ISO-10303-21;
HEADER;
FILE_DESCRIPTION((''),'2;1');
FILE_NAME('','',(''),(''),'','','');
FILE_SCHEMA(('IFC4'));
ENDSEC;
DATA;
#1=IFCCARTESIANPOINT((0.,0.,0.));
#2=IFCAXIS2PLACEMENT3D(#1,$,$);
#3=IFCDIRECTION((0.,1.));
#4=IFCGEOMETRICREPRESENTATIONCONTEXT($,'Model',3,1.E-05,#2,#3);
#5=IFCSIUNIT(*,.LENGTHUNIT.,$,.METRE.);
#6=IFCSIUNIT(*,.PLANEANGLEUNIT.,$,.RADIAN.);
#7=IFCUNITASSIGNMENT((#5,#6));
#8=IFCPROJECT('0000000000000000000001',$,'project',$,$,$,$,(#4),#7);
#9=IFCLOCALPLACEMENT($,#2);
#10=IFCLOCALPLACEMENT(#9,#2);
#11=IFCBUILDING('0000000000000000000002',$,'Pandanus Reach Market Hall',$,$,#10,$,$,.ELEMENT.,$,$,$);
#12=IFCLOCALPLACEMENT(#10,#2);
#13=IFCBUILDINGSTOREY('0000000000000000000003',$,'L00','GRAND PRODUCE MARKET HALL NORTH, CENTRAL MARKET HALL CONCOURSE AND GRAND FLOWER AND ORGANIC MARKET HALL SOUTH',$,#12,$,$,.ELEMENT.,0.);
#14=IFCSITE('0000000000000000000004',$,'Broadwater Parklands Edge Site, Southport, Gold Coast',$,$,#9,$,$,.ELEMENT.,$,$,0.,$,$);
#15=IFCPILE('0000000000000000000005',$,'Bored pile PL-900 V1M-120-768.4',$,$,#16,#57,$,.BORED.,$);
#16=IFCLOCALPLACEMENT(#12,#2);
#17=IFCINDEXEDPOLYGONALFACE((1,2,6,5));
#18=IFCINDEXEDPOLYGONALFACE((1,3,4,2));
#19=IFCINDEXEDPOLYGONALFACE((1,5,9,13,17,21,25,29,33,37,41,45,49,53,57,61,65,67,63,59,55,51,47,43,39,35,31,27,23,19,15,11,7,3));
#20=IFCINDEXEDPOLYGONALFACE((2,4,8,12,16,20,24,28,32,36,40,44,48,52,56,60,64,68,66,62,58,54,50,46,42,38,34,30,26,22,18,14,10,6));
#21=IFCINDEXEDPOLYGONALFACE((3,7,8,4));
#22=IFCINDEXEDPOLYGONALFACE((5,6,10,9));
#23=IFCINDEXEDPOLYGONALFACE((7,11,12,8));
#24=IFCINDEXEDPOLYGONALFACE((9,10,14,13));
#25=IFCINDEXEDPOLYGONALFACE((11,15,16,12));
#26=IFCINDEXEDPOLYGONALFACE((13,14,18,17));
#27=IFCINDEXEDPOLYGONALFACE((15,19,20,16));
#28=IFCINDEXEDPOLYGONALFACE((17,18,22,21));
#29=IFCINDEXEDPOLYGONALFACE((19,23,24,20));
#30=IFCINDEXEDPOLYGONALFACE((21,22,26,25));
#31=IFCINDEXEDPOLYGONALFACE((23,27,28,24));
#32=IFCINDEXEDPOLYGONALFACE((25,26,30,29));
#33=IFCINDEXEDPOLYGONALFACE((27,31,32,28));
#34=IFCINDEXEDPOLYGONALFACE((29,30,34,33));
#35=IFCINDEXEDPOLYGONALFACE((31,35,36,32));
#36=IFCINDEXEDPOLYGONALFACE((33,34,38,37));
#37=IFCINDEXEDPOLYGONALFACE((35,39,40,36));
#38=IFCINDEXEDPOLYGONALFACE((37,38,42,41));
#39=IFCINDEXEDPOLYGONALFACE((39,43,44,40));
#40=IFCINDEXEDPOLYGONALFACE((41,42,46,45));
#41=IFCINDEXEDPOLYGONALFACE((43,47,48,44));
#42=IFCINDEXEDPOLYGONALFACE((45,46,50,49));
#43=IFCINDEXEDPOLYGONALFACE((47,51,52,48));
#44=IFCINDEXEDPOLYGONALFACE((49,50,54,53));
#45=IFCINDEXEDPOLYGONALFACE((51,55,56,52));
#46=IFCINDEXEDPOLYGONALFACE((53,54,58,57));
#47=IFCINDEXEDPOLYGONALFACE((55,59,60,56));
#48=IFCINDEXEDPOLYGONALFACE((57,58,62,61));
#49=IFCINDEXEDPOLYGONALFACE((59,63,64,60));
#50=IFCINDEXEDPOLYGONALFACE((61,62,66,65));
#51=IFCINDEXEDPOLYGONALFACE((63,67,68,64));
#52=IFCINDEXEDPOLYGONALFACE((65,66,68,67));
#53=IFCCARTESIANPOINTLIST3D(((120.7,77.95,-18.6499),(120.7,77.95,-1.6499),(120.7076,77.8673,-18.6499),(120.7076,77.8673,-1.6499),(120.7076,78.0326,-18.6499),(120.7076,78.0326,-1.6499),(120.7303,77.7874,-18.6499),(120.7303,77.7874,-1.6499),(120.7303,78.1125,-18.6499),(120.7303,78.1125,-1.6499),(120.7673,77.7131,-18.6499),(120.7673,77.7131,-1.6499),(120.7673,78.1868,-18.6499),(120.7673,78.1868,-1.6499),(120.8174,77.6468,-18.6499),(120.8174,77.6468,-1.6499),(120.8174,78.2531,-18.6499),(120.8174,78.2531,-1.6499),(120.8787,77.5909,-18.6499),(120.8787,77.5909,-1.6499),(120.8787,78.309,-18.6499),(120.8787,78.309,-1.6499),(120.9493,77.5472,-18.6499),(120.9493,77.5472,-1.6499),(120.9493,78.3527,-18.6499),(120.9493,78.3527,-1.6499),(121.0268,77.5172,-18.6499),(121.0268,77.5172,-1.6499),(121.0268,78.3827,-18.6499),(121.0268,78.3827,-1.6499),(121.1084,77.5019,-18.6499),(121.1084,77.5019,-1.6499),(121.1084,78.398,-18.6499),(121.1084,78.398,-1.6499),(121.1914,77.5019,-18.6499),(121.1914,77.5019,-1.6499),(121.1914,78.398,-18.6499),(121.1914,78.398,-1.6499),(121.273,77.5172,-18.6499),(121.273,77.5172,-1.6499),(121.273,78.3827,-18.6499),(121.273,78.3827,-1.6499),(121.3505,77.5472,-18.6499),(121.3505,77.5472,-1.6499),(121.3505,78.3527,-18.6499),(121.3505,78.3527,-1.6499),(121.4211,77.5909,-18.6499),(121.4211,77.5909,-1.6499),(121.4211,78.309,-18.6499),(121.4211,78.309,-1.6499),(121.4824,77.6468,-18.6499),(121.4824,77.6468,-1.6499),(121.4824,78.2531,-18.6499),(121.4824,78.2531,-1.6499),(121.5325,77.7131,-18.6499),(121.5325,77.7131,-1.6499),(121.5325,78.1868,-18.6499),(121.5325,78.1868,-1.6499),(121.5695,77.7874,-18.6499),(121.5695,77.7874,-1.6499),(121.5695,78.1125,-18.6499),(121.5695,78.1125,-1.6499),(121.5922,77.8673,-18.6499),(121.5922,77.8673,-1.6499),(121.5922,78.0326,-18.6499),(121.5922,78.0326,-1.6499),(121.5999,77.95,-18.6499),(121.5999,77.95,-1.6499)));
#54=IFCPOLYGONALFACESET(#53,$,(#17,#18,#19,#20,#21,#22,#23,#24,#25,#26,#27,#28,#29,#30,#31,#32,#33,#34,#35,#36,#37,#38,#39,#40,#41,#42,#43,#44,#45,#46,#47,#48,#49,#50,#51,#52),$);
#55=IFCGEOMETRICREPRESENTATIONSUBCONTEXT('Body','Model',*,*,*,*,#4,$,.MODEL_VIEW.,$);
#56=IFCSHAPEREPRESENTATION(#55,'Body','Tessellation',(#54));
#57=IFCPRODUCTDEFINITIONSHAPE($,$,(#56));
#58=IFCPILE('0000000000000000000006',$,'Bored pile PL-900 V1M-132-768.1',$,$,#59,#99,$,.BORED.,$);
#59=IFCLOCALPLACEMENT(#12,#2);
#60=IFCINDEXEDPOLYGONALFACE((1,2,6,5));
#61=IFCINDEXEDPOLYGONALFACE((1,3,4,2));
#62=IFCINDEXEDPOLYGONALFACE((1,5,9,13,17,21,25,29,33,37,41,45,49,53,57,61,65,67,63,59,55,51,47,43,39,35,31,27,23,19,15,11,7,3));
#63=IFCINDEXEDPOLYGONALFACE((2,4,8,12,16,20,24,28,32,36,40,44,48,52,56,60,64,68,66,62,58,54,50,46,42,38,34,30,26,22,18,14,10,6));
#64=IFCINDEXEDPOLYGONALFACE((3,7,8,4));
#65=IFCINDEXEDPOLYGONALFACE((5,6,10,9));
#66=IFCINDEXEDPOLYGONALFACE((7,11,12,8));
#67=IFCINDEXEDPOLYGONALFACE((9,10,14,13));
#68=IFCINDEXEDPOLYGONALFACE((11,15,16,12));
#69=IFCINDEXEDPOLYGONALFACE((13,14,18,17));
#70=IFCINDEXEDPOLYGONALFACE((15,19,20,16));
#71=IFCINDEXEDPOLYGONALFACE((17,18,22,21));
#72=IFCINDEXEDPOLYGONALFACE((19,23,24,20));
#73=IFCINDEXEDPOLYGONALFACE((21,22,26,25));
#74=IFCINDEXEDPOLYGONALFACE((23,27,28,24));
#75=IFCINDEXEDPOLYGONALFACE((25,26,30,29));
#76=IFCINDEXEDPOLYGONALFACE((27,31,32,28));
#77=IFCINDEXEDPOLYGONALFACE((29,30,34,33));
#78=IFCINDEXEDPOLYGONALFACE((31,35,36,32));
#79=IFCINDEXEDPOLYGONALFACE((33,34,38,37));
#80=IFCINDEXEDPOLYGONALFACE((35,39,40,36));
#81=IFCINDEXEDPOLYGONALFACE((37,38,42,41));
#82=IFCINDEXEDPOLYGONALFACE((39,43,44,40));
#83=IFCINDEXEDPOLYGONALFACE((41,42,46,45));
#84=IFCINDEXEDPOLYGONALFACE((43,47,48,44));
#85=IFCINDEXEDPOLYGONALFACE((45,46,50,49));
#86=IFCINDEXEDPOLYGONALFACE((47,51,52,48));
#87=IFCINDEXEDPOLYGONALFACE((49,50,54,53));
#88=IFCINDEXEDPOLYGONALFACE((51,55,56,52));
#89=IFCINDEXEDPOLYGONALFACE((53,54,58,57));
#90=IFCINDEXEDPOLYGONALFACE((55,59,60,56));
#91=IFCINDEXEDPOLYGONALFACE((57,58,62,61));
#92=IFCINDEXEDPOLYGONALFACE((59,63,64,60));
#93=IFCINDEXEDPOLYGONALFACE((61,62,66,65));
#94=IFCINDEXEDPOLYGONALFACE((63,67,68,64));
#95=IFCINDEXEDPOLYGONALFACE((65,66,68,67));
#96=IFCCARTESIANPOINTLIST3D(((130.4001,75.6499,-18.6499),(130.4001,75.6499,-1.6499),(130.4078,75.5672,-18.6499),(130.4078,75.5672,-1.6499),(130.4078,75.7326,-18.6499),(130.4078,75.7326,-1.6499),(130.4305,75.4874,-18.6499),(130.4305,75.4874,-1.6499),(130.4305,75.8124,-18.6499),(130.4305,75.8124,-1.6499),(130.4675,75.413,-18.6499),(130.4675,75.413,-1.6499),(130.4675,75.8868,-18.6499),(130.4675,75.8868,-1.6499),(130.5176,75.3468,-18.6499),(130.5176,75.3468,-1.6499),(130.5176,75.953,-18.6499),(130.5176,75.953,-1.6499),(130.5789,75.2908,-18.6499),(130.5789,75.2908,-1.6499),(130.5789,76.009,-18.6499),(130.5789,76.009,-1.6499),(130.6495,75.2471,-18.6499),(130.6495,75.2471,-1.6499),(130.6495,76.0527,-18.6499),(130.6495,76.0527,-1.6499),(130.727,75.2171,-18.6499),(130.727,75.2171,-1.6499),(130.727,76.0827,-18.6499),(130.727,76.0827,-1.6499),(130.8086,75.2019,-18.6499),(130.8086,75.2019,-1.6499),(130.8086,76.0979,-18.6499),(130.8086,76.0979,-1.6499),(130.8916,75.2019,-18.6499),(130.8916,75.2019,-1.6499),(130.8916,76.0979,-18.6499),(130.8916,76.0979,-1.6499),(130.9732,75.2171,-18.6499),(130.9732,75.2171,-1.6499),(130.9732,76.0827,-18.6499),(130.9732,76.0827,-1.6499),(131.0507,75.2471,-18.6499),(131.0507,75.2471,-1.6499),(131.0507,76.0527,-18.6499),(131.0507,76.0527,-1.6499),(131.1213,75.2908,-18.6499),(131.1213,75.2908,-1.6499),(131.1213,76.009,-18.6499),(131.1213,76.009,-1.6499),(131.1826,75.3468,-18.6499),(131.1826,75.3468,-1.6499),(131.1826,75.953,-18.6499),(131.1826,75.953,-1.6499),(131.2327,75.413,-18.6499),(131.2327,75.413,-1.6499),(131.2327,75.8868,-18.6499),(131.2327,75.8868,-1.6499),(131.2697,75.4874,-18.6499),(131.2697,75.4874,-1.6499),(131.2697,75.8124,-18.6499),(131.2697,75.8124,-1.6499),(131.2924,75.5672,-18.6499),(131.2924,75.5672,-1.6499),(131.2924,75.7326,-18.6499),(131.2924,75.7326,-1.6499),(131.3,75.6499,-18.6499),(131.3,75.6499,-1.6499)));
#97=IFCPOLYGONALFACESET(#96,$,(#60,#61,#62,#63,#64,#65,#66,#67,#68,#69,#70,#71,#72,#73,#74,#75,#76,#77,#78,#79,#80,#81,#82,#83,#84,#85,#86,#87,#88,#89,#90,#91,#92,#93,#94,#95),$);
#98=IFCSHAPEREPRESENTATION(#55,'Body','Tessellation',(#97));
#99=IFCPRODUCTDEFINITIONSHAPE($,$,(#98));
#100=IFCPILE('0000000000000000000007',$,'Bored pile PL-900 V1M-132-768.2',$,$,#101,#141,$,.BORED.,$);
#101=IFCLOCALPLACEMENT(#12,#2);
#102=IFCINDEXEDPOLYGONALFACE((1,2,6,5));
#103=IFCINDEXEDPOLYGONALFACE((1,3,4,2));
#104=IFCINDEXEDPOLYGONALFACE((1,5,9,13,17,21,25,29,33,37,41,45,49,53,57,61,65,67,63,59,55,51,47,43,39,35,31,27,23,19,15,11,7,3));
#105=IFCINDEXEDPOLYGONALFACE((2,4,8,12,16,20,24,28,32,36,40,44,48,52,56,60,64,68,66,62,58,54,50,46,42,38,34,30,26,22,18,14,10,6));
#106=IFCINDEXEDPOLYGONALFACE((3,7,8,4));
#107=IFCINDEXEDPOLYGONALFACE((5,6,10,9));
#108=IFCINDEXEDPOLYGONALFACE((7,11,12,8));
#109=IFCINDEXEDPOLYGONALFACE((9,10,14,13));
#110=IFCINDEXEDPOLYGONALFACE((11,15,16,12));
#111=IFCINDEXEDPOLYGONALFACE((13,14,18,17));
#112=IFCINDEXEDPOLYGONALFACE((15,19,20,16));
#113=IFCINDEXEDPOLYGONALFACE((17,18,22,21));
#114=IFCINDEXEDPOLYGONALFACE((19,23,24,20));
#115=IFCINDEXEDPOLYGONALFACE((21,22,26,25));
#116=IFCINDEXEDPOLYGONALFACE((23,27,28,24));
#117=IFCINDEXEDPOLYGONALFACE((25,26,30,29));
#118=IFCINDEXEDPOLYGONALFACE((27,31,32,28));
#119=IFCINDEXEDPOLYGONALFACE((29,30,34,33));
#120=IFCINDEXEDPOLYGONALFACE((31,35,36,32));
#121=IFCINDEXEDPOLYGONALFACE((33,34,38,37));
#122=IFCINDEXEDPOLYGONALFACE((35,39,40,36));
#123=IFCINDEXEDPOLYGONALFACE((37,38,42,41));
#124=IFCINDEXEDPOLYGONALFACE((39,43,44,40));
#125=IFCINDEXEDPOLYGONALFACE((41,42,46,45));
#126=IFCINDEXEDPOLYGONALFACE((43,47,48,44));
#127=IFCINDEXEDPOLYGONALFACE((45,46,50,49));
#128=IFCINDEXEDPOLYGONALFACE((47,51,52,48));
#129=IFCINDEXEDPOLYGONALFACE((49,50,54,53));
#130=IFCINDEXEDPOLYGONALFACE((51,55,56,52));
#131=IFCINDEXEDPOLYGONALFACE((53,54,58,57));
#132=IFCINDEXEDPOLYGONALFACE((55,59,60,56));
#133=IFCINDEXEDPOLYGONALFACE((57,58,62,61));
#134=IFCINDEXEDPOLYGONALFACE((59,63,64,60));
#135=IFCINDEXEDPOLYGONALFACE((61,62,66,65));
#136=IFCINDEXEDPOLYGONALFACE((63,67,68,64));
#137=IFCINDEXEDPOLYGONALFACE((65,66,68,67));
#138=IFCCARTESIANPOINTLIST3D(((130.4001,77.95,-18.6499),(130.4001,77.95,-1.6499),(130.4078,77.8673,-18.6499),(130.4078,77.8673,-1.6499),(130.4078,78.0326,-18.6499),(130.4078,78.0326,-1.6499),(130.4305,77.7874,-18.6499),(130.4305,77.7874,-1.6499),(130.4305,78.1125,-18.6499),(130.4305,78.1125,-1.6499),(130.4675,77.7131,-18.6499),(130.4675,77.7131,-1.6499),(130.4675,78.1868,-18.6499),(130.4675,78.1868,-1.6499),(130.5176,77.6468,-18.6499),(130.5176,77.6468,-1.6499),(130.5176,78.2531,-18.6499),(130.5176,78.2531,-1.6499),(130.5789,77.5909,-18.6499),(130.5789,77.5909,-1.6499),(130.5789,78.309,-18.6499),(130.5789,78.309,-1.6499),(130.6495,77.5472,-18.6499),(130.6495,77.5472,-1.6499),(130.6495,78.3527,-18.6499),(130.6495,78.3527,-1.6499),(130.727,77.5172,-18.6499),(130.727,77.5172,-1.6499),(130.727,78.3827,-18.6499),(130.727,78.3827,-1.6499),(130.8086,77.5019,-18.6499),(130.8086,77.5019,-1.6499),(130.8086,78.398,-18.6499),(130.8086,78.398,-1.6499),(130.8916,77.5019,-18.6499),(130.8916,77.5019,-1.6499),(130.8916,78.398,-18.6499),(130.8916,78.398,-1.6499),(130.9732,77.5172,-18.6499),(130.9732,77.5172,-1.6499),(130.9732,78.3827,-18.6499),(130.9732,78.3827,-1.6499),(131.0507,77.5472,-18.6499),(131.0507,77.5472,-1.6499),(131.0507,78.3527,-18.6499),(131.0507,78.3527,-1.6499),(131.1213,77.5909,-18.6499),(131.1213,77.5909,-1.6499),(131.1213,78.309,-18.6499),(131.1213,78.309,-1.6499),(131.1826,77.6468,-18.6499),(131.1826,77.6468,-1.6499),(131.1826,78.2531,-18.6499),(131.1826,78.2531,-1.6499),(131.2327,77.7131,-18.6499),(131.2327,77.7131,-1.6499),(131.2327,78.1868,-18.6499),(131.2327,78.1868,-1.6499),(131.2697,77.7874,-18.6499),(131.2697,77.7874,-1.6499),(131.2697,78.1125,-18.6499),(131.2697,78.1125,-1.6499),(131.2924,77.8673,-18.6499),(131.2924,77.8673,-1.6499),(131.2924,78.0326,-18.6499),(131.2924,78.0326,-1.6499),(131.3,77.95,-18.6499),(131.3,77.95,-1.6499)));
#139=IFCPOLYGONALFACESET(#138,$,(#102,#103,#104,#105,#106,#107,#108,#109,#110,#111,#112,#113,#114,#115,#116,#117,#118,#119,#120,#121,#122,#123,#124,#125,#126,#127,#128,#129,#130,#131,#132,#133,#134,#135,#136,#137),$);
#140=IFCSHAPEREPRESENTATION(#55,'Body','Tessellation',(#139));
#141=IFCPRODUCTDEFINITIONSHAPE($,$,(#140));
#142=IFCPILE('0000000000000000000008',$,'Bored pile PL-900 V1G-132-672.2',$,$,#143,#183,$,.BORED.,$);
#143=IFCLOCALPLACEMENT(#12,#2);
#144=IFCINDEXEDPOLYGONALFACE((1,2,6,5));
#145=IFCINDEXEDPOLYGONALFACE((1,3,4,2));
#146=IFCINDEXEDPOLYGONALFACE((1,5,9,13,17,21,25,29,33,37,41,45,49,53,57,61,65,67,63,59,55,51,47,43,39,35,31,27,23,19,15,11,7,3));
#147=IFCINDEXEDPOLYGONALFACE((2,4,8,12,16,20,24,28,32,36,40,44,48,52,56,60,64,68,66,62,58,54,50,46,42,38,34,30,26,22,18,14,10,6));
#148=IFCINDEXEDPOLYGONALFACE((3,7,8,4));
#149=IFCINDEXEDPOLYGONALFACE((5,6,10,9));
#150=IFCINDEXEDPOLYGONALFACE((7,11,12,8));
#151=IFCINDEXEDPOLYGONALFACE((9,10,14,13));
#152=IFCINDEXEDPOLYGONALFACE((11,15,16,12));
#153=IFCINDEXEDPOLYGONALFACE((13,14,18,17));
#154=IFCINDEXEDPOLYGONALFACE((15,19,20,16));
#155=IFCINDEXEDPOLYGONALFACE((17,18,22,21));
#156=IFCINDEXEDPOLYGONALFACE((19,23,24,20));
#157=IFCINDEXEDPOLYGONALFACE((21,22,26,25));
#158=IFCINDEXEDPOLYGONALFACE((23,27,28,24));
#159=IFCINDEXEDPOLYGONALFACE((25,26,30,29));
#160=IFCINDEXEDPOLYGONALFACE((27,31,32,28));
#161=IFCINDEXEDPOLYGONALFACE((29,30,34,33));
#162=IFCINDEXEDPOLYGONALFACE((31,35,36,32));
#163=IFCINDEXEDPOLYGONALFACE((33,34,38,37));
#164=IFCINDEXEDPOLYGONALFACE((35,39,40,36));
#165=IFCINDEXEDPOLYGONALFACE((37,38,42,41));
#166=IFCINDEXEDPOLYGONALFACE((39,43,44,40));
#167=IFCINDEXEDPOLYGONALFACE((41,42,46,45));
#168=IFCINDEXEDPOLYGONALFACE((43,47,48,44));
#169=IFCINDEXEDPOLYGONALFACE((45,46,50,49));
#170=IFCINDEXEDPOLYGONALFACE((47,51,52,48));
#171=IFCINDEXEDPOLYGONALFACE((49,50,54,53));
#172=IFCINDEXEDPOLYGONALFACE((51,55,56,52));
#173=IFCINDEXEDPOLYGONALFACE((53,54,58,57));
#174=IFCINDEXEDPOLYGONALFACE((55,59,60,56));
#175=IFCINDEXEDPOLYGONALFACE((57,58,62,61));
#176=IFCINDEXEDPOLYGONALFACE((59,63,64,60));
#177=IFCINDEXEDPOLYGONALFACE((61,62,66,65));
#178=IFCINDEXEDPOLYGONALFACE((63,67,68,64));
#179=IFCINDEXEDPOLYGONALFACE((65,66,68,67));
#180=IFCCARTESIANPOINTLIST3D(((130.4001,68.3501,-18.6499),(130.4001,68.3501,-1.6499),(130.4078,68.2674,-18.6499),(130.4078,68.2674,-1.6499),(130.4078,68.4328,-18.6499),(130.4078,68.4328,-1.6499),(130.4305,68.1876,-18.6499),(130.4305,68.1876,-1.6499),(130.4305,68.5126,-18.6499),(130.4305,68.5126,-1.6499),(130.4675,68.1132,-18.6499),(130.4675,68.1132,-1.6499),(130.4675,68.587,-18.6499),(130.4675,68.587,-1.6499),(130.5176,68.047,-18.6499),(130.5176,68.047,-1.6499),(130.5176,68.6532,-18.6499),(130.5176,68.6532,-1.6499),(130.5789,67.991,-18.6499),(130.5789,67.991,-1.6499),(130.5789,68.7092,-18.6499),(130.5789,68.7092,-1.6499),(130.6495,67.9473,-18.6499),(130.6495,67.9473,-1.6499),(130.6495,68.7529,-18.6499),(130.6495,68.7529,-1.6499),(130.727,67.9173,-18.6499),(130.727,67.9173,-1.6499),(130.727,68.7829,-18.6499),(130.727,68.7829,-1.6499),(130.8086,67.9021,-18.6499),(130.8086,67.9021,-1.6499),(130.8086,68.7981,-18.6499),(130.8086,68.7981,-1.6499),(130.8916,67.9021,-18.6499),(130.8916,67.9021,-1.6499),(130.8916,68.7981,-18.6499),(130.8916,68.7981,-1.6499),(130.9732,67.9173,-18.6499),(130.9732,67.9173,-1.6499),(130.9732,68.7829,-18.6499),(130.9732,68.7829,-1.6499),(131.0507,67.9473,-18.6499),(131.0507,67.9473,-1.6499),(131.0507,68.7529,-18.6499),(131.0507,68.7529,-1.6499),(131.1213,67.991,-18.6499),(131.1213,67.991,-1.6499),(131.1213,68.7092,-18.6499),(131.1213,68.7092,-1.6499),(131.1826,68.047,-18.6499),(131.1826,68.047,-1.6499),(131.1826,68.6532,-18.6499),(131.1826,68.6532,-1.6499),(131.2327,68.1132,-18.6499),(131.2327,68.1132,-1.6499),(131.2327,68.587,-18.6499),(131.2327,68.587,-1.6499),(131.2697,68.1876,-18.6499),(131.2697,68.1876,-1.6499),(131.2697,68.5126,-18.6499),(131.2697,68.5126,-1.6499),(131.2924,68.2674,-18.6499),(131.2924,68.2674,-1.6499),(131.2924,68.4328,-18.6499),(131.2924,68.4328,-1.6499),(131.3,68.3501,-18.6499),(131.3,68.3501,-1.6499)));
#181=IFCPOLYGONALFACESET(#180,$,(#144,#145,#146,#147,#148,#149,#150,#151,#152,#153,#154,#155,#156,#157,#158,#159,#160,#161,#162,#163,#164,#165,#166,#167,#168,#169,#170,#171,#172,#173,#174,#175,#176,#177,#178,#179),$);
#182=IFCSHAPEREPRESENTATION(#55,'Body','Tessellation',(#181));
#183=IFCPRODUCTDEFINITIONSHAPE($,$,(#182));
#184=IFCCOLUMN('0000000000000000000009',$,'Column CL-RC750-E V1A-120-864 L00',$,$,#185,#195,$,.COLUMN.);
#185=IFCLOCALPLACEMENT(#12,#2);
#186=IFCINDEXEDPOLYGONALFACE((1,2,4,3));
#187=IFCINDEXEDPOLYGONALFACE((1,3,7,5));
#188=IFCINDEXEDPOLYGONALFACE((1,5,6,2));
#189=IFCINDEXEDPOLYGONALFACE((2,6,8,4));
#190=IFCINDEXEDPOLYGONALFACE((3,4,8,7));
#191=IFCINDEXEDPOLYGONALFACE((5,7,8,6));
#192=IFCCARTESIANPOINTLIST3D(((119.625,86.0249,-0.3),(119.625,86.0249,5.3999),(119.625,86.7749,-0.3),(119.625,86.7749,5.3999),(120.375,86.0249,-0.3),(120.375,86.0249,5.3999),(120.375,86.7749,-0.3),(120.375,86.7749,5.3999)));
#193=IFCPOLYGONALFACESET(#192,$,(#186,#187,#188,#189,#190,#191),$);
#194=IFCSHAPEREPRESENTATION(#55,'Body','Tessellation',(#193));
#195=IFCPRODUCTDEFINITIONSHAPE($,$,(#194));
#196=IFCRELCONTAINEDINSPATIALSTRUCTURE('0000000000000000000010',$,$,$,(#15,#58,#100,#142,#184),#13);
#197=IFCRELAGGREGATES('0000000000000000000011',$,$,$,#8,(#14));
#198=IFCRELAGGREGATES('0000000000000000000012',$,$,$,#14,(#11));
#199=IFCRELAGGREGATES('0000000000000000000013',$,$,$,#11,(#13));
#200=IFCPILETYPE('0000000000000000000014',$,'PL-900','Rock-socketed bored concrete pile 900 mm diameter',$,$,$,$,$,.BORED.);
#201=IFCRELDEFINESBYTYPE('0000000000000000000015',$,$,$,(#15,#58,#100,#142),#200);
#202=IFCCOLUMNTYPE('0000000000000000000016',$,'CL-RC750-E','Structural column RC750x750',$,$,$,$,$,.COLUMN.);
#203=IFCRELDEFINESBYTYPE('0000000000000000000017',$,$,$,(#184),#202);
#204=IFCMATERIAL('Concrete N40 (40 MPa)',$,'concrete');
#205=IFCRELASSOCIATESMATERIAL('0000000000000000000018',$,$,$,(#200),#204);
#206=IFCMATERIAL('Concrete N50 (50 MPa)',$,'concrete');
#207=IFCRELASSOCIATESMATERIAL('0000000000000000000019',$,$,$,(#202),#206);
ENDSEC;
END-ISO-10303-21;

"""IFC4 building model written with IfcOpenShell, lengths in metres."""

from ifc_helpers import new_model, si_unit, direction, frame, origin, origin_2d, place, context, subcontext, project, spatial, rectangle, circle, extrude, material, material_profile, profile_set, type_object, element, save


model = new_model("IFC4")

# Units and contexts
model_context = context("Model", 3, precision=1e-05, world=origin(), true_north=direction((0.0, 1.0)))
body_context = subcontext(model_context, "Body", "Model", "MODEL_VIEW")
ifc_project = project(units=[si_unit("LENGTHUNIT", "METRE"), si_unit("PLANEANGLEUNIT", "RADIAN")], contexts=[model_context])

# Site, building, storey
site_placement = place(None, origin())
site = spatial("IfcSite", under=ifc_project, at=site_placement, Name="Broadwater Parklands Edge Site, Southport, Gold Coast", CompositionType="ELEMENT", RefElevation=0.0)
building_placement = place(site_placement, origin())
building = spatial("IfcBuilding", under=site, at=building_placement, Name="Pandanus Reach Market Hall", CompositionType="ELEMENT")
storey_placement = place(building_placement, origin())
storey = spatial("IfcBuildingStorey", under=building, at=storey_placement, Name="L00", Description="GRAND PRODUCE MARKET HALL NORTH, CENTRAL MARKET HALL CONCOURSE AND GRAND FLOWER AND ORGANIC MARKET HALL SOUTH", CompositionType="ELEMENT", Elevation=0.0)

# Shared definitions
ifc_material_1 = material(Name="Concrete N40 (40 MPa)", Category="concrete")

# Piles
ifc_material_profile_1 = material_profile(ifc_material_1, circle(Radius=0.45, at=origin_2d()), Name="PILE-900D", Category="LoadBearing")
ifc_profile_set_1 = profile_set([ifc_material_profile_1], Name="Concrete N40 (40 MPa)")
pile_type_1 = type_object("IfcPileType", Name="PL-900", Description="Rock-socketed bored concrete pile 900 mm diameter", PredefinedType="BORED", material=ifc_profile_set_1)
for number, where, z_axis, x_axis, name in (
    (1, (121.1499, 77.95, -1.6499), (0.0, 0.0, -1.0), (1.0, 0.0, 0.0), "Bored pile PL-900 V1M-120-768.4"),
    (2, (130.8501, 75.6499, -1.6499), (0.0, 0.0, -1.0), (1.0, 0.0, 0.0), "Bored pile PL-900 V1M-132-768.1"),
    (3, (130.8501, 77.95, -1.6499), (0.0, 0.0, -1.0), (1.0, 0.0, 0.0), "Bored pile PL-900 V1M-132-768.2"),
    (4, (130.8501, 68.3501, -1.6499), (0.0, 0.0, -1.0), (1.0, 0.0, 0.0), "Bored pile PL-900 V1G-132-672.2"),
):
    element("IfcPile", number, at=place(storey_placement, frame(where, z_axis=z_axis, x_axis=x_axis)), inside=storey, type_object=pile_type_1, Name=name, PredefinedType="BORED", context=body_context, shape_type="SweptSolid", body=[
        extrude(circle(Radius=0.45, at=origin_2d()), origin(), (0.0, 0.0, 1.0), 17.0),
    ])

# Column
ifc_material_2 = material(Name="Concrete N50 (50 MPa)", Category="concrete")
ifc_material_profile_2 = material_profile(ifc_material_2, rectangle(XDim=0.75, YDim=0.75, at=origin_2d()), Name="RC750x750", Category="LoadBearing")
ifc_profile_set_2 = profile_set([ifc_material_profile_2], Name="Concrete N50 (50 MPa)")
column_type_1 = type_object("IfcColumnType", Name="CL-RC750-E", Description="Structural column RC750x750", PredefinedType="COLUMN", material=ifc_profile_set_2)
column_1_placement = place(storey_placement, frame((120.0, 86.3999, -0.3), z_axis=(0.0, 0.0, 1.0), x_axis=(1.0, 0.0, 0.0)))
element("IfcColumn", 5, at=column_1_placement, inside=storey, type_object=column_type_1, Name="Column CL-RC750-E V1A-120-864 L00", PredefinedType="COLUMN", context=body_context, shape_type="SweptSolid", body=[
    extrude(rectangle(XDim=0.75, YDim=0.75, at=origin_2d()), origin(), (0.0, 0.0, 1.0), 5.7),
])

save(model, "model.ifc")
